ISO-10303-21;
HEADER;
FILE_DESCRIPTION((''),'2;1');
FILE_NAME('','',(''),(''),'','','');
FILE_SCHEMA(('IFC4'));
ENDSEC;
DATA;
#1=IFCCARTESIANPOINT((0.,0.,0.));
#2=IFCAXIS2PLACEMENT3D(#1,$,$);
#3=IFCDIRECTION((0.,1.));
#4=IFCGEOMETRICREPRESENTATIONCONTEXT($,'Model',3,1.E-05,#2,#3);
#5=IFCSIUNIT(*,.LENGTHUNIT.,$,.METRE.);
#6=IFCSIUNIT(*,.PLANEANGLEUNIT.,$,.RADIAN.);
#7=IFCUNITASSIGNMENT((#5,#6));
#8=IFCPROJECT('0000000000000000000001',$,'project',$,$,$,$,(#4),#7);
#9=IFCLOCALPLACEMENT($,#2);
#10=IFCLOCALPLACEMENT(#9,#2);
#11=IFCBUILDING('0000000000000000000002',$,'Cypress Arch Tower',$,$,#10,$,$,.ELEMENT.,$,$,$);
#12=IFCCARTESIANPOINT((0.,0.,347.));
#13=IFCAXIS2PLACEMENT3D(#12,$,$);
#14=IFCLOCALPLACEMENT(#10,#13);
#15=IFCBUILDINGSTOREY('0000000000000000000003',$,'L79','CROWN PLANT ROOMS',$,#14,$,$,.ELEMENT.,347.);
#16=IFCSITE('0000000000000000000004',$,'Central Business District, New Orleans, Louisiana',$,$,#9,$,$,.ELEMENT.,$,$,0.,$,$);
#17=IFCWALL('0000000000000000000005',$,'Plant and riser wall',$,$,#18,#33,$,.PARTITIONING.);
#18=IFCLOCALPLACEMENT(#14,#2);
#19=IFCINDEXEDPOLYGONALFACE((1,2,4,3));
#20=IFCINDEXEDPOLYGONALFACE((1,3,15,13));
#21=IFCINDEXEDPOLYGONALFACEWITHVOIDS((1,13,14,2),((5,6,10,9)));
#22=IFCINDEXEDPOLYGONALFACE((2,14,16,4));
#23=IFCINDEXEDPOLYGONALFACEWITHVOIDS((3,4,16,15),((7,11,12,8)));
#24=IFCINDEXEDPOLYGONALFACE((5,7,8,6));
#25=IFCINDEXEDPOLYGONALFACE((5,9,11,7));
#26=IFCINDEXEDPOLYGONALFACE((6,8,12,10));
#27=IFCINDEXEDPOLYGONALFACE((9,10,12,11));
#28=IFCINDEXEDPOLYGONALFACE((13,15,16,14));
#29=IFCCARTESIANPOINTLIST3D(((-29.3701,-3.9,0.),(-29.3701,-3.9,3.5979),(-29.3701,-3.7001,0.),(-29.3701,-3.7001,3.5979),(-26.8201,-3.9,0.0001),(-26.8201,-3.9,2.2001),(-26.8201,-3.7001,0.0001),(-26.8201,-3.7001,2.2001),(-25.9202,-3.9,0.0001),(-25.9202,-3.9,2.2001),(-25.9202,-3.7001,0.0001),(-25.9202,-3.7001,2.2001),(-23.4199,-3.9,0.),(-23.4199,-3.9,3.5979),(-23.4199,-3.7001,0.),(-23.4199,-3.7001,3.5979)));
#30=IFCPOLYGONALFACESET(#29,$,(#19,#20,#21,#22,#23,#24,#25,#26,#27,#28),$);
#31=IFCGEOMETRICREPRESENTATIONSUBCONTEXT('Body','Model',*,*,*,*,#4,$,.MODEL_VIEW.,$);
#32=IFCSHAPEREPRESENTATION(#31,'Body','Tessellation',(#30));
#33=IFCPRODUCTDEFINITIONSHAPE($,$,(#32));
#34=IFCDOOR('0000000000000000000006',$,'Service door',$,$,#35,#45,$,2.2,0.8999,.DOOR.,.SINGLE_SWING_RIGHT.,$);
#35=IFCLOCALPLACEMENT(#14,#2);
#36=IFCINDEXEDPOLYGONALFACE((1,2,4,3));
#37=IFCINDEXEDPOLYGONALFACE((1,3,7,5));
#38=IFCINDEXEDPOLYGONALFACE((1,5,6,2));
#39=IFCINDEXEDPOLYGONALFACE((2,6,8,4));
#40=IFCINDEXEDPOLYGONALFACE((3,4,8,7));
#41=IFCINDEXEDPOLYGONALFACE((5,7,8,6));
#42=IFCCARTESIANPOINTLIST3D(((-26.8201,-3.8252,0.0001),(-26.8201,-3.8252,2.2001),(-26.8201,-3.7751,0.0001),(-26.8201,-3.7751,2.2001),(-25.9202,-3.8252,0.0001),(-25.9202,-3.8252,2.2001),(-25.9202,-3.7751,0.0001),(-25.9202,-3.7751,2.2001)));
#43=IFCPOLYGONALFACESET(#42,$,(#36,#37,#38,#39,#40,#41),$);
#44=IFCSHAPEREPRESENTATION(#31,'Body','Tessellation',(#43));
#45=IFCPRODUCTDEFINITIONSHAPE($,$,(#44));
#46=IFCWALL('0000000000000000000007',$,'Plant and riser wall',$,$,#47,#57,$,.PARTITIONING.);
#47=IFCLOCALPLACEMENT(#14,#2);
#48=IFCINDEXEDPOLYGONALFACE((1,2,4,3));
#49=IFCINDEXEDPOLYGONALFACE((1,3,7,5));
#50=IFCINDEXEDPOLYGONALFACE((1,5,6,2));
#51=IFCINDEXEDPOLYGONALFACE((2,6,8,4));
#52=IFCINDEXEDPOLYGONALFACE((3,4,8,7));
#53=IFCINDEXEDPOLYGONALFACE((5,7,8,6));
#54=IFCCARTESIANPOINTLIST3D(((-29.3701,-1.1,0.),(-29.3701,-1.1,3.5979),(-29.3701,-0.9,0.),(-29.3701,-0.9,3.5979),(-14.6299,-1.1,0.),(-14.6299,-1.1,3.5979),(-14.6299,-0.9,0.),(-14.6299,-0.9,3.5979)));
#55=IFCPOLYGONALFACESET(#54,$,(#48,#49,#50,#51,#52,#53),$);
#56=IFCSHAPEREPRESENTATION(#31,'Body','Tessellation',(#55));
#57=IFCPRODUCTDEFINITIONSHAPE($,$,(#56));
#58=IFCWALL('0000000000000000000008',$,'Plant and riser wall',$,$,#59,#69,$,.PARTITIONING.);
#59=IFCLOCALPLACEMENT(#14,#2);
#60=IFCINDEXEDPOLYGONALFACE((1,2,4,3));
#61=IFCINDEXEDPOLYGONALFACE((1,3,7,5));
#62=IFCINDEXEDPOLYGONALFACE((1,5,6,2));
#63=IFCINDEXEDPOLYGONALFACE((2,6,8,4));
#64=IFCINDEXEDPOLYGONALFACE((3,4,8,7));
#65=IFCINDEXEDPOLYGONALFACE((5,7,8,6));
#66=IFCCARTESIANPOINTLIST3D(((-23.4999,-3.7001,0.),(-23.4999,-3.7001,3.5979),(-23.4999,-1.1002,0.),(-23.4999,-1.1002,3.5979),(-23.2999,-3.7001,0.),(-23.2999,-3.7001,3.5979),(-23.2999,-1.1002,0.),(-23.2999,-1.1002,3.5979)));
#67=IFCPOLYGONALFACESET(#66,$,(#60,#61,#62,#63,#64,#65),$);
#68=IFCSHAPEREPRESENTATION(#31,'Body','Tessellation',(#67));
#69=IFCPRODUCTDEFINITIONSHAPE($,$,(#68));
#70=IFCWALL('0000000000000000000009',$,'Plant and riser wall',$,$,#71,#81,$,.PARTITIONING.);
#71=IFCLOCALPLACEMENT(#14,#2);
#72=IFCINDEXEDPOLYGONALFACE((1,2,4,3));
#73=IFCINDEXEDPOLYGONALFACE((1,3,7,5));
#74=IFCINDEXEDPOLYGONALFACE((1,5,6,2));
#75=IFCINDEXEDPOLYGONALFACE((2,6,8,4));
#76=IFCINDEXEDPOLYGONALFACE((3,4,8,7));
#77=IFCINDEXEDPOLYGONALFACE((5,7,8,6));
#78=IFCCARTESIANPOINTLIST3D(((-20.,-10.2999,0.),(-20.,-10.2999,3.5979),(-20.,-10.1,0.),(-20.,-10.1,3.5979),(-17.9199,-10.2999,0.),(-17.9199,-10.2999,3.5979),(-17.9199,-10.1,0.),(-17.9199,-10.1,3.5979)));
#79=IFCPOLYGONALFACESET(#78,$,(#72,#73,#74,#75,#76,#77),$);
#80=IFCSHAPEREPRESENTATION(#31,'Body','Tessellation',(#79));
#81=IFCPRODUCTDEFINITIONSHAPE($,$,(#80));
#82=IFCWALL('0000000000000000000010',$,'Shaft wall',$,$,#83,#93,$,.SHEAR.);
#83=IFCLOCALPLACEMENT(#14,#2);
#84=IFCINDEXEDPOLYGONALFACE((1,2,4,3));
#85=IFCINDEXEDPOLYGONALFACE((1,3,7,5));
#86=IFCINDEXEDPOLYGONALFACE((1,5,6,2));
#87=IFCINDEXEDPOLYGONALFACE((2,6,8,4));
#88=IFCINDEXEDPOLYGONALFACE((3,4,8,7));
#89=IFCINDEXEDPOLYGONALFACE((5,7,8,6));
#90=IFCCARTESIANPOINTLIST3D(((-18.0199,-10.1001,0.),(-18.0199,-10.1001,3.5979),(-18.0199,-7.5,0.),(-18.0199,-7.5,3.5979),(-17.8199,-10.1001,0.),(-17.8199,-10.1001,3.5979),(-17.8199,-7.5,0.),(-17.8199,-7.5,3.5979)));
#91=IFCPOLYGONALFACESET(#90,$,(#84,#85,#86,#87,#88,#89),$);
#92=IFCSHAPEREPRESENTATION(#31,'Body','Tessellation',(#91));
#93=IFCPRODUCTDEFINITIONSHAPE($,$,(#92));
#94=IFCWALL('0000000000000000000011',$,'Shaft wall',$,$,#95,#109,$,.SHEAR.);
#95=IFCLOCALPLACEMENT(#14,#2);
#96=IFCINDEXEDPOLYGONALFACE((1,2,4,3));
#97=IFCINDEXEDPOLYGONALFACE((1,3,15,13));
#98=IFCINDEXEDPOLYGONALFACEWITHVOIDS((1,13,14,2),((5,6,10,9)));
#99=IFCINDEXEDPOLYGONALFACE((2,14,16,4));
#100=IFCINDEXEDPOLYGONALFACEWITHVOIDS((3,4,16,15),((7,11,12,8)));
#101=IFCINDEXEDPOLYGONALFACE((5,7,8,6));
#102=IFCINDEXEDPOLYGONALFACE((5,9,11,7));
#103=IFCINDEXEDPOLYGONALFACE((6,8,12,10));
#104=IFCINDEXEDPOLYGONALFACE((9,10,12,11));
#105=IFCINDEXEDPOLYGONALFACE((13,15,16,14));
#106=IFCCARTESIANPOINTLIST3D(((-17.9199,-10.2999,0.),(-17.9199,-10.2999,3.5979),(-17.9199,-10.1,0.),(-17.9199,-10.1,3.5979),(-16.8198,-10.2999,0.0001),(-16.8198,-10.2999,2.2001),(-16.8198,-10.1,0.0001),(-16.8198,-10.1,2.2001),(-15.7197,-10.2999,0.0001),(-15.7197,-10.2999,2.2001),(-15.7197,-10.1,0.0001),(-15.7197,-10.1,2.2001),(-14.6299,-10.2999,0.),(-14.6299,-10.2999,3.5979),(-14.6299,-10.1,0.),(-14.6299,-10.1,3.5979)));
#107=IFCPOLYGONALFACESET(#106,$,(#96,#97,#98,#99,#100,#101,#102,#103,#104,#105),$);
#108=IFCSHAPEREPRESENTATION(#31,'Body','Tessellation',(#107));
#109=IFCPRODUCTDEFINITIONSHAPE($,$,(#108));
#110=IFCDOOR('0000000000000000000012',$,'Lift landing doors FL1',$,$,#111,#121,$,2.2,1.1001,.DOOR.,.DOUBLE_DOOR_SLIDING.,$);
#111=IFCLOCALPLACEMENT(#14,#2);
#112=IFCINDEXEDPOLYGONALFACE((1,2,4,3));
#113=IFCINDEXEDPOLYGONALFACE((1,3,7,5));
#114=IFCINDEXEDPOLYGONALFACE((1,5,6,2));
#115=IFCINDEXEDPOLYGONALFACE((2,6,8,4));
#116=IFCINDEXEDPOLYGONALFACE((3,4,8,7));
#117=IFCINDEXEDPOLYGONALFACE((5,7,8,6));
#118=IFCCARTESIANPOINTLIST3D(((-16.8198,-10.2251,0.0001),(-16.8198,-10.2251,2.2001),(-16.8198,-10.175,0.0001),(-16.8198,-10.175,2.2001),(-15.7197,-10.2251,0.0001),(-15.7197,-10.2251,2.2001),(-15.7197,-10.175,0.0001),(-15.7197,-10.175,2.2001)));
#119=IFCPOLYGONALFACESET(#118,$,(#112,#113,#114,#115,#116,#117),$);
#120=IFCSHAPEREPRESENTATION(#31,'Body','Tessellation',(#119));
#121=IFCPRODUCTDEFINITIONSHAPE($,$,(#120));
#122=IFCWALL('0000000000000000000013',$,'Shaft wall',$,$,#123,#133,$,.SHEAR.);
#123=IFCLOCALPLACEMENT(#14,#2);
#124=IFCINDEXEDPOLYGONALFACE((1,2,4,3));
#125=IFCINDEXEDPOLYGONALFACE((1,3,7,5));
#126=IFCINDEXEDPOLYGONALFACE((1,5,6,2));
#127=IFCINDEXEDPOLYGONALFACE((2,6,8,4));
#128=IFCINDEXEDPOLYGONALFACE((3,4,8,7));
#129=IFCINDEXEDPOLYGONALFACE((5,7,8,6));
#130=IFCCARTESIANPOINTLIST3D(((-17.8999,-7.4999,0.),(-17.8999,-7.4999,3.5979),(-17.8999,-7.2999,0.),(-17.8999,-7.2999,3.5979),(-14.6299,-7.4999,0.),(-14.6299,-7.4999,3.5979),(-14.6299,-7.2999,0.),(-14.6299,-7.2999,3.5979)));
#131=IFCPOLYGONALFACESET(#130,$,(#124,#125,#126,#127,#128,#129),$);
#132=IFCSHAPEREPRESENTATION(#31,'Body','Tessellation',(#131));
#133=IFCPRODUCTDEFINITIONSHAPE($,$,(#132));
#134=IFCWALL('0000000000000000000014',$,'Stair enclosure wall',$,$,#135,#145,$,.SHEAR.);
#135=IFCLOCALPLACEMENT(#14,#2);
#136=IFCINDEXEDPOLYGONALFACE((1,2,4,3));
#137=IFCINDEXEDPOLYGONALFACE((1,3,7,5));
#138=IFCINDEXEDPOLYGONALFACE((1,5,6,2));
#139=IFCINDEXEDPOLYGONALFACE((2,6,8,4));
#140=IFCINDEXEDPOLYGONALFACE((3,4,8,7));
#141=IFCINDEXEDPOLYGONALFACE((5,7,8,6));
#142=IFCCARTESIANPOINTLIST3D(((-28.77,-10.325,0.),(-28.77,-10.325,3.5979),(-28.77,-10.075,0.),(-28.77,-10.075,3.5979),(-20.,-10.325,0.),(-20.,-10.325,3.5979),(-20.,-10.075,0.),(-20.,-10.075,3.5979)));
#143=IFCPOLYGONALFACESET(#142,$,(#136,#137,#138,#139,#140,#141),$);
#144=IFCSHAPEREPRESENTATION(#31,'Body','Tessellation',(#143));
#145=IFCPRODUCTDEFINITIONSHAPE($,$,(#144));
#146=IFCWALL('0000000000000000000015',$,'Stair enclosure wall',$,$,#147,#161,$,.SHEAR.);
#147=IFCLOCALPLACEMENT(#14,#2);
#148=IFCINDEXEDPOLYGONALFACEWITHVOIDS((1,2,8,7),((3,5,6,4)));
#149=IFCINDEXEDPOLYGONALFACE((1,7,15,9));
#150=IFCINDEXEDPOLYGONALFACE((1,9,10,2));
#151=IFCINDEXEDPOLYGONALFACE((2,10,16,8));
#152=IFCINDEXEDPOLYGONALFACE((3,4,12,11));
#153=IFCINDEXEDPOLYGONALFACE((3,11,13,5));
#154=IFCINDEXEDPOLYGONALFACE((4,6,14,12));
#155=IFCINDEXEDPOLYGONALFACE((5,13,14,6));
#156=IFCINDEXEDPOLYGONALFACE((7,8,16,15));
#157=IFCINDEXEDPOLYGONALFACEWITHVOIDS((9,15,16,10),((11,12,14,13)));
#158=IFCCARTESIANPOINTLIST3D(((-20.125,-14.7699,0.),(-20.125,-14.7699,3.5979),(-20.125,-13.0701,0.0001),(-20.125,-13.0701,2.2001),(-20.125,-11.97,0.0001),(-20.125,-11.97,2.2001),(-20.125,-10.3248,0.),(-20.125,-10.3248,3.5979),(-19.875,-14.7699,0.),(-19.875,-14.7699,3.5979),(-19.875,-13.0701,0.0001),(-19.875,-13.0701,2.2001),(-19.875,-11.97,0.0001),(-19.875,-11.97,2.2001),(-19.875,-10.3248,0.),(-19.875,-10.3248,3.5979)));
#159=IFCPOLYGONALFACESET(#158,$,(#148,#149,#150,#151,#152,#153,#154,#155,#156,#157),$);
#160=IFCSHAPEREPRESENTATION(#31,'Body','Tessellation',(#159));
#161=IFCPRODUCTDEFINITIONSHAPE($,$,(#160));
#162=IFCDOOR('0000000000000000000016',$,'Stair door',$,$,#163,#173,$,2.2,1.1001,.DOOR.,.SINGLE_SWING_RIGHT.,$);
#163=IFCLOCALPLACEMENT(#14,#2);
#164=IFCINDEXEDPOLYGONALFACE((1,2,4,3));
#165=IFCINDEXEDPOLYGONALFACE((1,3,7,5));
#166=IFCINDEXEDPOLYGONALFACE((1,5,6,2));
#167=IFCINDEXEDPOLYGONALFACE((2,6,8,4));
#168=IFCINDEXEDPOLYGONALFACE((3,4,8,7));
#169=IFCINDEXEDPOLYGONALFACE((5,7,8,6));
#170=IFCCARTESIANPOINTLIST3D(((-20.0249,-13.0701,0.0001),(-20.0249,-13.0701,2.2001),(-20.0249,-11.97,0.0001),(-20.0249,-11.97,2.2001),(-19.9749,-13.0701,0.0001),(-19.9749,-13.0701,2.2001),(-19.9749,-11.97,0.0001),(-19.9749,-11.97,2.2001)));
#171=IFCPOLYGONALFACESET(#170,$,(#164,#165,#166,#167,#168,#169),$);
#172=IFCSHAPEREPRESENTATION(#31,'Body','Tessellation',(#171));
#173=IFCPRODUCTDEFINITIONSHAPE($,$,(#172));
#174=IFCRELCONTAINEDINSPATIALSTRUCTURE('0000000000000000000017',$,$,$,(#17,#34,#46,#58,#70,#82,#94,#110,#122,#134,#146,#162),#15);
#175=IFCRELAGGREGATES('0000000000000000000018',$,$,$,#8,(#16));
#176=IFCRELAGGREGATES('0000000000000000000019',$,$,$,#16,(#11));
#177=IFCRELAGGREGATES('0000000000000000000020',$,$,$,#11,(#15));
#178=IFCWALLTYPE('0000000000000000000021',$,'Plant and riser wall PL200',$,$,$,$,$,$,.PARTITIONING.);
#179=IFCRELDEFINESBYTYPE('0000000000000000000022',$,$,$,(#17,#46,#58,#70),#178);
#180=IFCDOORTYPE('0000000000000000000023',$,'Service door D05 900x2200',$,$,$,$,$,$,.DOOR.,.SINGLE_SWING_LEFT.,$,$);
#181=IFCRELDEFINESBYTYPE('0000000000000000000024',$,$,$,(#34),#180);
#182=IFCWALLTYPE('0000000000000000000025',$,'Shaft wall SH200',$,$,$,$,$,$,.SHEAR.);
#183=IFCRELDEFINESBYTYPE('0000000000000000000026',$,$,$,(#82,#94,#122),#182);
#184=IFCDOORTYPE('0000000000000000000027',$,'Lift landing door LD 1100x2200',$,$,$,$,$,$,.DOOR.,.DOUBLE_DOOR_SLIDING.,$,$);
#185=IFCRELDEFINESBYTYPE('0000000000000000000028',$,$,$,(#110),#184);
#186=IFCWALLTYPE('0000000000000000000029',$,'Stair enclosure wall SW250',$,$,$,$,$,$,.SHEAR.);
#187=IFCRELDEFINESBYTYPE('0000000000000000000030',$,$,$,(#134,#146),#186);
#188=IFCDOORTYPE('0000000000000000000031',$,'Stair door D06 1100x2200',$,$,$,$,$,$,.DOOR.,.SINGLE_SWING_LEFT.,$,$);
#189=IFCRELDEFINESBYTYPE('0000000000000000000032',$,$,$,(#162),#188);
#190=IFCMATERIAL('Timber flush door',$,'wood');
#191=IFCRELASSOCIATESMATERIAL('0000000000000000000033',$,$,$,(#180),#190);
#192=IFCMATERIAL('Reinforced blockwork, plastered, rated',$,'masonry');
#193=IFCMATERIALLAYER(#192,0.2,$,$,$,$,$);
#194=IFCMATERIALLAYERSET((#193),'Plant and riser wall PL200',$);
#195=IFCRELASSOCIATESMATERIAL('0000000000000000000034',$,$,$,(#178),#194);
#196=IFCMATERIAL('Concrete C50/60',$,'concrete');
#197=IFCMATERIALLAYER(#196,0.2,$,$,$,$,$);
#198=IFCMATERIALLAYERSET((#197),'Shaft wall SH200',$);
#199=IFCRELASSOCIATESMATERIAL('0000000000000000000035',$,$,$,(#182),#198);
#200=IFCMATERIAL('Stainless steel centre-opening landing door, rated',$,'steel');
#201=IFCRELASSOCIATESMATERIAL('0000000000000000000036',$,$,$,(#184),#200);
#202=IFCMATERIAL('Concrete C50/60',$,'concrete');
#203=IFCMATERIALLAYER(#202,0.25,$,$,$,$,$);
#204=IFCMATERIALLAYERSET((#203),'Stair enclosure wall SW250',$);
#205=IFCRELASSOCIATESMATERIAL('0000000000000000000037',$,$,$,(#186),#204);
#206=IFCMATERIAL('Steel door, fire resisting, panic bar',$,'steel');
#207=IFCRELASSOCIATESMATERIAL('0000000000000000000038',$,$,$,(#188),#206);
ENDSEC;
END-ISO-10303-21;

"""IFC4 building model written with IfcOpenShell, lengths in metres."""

from ifc_helpers import new_model, si_unit, direction, frame, frame_2d, origin, place, context, subcontext, project, spatial, rectangle, extrude, material, layer, layer_set, type_object, element, fill, save


model = new_model("IFC4")

# Units and contexts
model_context = context("Model", 3, precision=1e-05, world=origin(), true_north=direction((0.0, 1.0)))
body_context = subcontext(model_context, "Body", "Model", "MODEL_VIEW")
ifc_project = project(units=[si_unit("LENGTHUNIT", "METRE"), si_unit("PLANEANGLEUNIT", "RADIAN")], contexts=[model_context])

# Site, building, storey
site_placement = place(None, origin())
site = spatial("IfcSite", under=ifc_project, at=site_placement, Name="Central Business District, New Orleans, Louisiana", CompositionType="ELEMENT", RefElevation=0.0)
building_placement = place(site_placement, origin())
building = spatial("IfcBuilding", under=site, at=building_placement, Name="Cypress Arch Tower", CompositionType="ELEMENT")
storey_placement = place(building_placement, frame((0.0, 0.0, 347.0)))
storey = spatial("IfcBuildingStorey", under=building, at=storey_placement, Name="L79", Description="CROWN PLANT ROOMS", CompositionType="ELEMENT", Elevation=347.0)

# Shared definitions
ifc_material_1 = material(Name="Timber flush door", Category="wood")
door_type_1 = type_object("IfcDoorType", Name="Service door D05 900x2200", OperationType="SINGLE_SWING_LEFT", PredefinedType="DOOR", material=ifc_material_1)

# Wall, opening, door
ifc_material_2 = material(Name="Reinforced blockwork, plastered, rated", Category="masonry")
ifc_layer_1 = layer(ifc_material_2, 0.2)
ifc_layer_set_1 = layer_set([ifc_layer_1], Name="Plant and riser wall PL200")
wall_type_1 = type_object("IfcWallType", Name="Plant and riser wall PL200", PredefinedType="PARTITIONING", material=ifc_layer_set_1)
wall_1_placement = place(storey_placement, frame((-29.3701, -3.8, 0.0), z_axis=(0.0, 0.0, 1.0), x_axis=(1.0, 0.0, 0.0)))
wall_1 = element("IfcWall", 1, at=wall_1_placement, inside=storey, type_object=wall_type_1, Name="Plant and riser wall", PredefinedType="PARTITIONING", context=body_context, shape_type="SweptSolid", body=[
    extrude(rectangle(XDim=5.9502, YDim=0.2, at=frame_2d((2.9751, 0.0))), origin(), (0.0, 0.0, 1.0), 3.5979),
])
opening_1_placement = place(wall_1_placement, frame((2.55, 0.0, 0.0)))
opening_1 = element("IfcOpeningElement", 2, at=opening_1_placement, cuts=wall_1, PredefinedType="OPENING", context=body_context, shape_type="SweptSolid", body=[
    extrude(rectangle(XDim=0.8999, YDim=2.2, at=frame_2d((0.45, 1.1001))), frame((0.0, 0.1099, 0.0), z_axis=(0.0, -1.0, 0.0), x_axis=(1.0, 0.0, 0.0)), (0.0, 0.0, 1.0), 0.22),
])
door_1_placement = place(opening_1_placement, origin())
door_1 = element("IfcDoor", 3, at=door_1_placement, inside=storey, type_object=door_type_1, Name="Service door", OperationType="SINGLE_SWING_RIGHT", OverallHeight=2.2, OverallWidth=0.8999, PredefinedType="DOOR", context=body_context, shape_type="SweptSolid", body=[
    extrude(rectangle(XDim=0.8999, YDim=2.2, at=frame_2d((0.45, 1.1001))), frame((0.0, 0.0249, 0.0), z_axis=(0.0, -1.0, 0.0), x_axis=(1.0, 0.0, 0.0)), (0.0, 0.0, 1.0), 0.05),
])
fill(opening_1, door_1)

# Walls
wall_2_placement = place(storey_placement, frame((-29.3701, -1.0, 0.0), z_axis=(0.0, 0.0, 1.0), x_axis=(1.0, 0.0, 0.0)))
element("IfcWall", 4, at=wall_2_placement, inside=storey, type_object=wall_type_1, Name="Plant and riser wall", PredefinedType="PARTITIONING", context=body_context, shape_type="SweptSolid", body=[
    extrude(rectangle(XDim=14.7402, YDim=0.2, at=frame_2d((7.3701, 0.0))), origin(), (0.0, 0.0, 1.0), 3.5979),
])
wall_3_placement = place(storey_placement, frame((-23.3999, -3.7, 0.0), z_axis=(0.0, 0.0, 1.0), x_axis=(0.0, 1.0, 0.0)))
element("IfcWall", 5, at=wall_3_placement, inside=storey, type_object=wall_type_1, Name="Plant and riser wall", PredefinedType="PARTITIONING", context=body_context, shape_type="SweptSolid", body=[
    extrude(rectangle(XDim=2.5999, YDim=0.2, at=frame_2d((1.2998, 0.0))), origin(), (0.0, 0.0, 1.0), 3.5979),
])
wall_4_placement = place(storey_placement, frame((-20.0, -10.2, 0.0), z_axis=(0.0, 0.0, 1.0), x_axis=(1.0, 0.0, 0.0)))
element("IfcWall", 6, at=wall_4_placement, inside=storey, type_object=wall_type_1, Name="Plant and riser wall", PredefinedType="PARTITIONING", context=body_context, shape_type="SweptSolid", body=[
    extrude(rectangle(XDim=2.0801, YDim=0.2, at=frame_2d((1.04, 0.0))), origin(), (0.0, 0.0, 1.0), 3.5979),
])
ifc_material_3 = material(Name="Concrete C50/60", Category="concrete")
ifc_layer_2 = layer(ifc_material_3, 0.2)
ifc_layer_set_2 = layer_set([ifc_layer_2], Name="Shaft wall SH200")
wall_type_2 = type_object("IfcWallType", Name="Shaft wall SH200", PredefinedType="SHEAR", material=ifc_layer_set_2)
wall_5_placement = place(storey_placement, frame((-17.9199, -10.1001, 0.0), z_axis=(0.0, 0.0, 1.0), x_axis=(0.0, 1.0, 0.0)))
element("IfcWall", 7, at=wall_5_placement, inside=storey, type_object=wall_type_2, Name="Shaft wall", PredefinedType="SHEAR", context=body_context, shape_type="SweptSolid", body=[
    extrude(rectangle(XDim=2.6001, YDim=0.2, at=frame_2d((1.3, 0.0))), origin(), (0.0, 0.0, 1.0), 3.5979),
])

# Wall, opening, door
wall_6_placement = place(storey_placement, frame((-17.9199, -10.2, 0.0), z_axis=(0.0, 0.0, 1.0), x_axis=(1.0, 0.0, 0.0)))
wall_6 = element("IfcWall", 8, at=wall_6_placement, inside=storey, type_object=wall_type_2, Name="Shaft wall", PredefinedType="SHEAR", context=body_context, shape_type="SweptSolid", body=[
    extrude(rectangle(XDim=3.29, YDim=0.2, at=frame_2d((1.645, 0.0))), origin(), (0.0, 0.0, 1.0), 3.5979),
])
opening_2_placement = place(wall_6_placement, frame((1.1001, 0.0, 0.0)))
opening_2 = element("IfcOpeningElement", 9, at=opening_2_placement, cuts=wall_6, PredefinedType="OPENING", context=body_context, shape_type="SweptSolid", body=[
    extrude(rectangle(XDim=1.1001, YDim=2.2, at=frame_2d((0.55, 1.1001))), frame((0.0, 0.1099, 0.0), z_axis=(0.0, -1.0, 0.0), x_axis=(1.0, 0.0, 0.0)), (0.0, 0.0, 1.0), 0.22),
])
ifc_material_4 = material(Name="Stainless steel centre-opening landing door, rated", Category="steel")
door_type_2 = type_object("IfcDoorType", Name="Lift landing door LD 1100x2200", OperationType="DOUBLE_DOOR_SLIDING", PredefinedType="DOOR", material=ifc_material_4)
door_2_placement = place(opening_2_placement, origin())
door_2 = element("IfcDoor", 10, at=door_2_placement, inside=storey, type_object=door_type_2, Name="Lift landing doors FL1", OperationType="DOUBLE_DOOR_SLIDING", OverallHeight=2.2, OverallWidth=1.1001, PredefinedType="DOOR", context=body_context, shape_type="SweptSolid", body=[
    extrude(rectangle(XDim=1.1001, YDim=2.2, at=frame_2d((0.55, 1.1001))), frame((0.0, 0.0249, 0.0), z_axis=(0.0, -1.0, 0.0), x_axis=(1.0, 0.0, 0.0)), (0.0, 0.0, 1.0), 0.05),
])
fill(opening_2, door_2)

# Walls
wall_7_placement = place(storey_placement, frame((-17.8999, -7.3999, 0.0), z_axis=(0.0, 0.0, 1.0), x_axis=(1.0, 0.0, 0.0)))
element("IfcWall", 11, at=wall_7_placement, inside=storey, type_object=wall_type_2, Name="Shaft wall", PredefinedType="SHEAR", context=body_context, shape_type="SweptSolid", body=[
    extrude(rectangle(XDim=3.27, YDim=0.2, at=frame_2d((1.635, 0.0))), origin(), (0.0, 0.0, 1.0), 3.5979),
])
ifc_material_5 = material(Name="Concrete C50/60", Category="concrete")
ifc_layer_3 = layer(ifc_material_5, 0.25)
ifc_layer_set_3 = layer_set([ifc_layer_3], Name="Stair enclosure wall SW250")
wall_type_3 = type_object("IfcWallType", Name="Stair enclosure wall SW250", PredefinedType="SHEAR", material=ifc_layer_set_3)
wall_8_placement = place(storey_placement, frame((-28.77, -10.2, 0.0), z_axis=(0.0, 0.0, 1.0), x_axis=(1.0, 0.0, 0.0)))
element("IfcWall", 12, at=wall_8_placement, inside=storey, type_object=wall_type_3, Name="Stair enclosure wall", PredefinedType="SHEAR", context=body_context, shape_type="SweptSolid", body=[
    extrude(rectangle(XDim=8.77, YDim=0.25, at=frame_2d((4.385, 0.0))), origin(), (0.0, 0.0, 1.0), 3.5979),
])

# Wall, opening, door
wall_9_placement = place(storey_placement, frame((-20.0, -14.77, 0.0), z_axis=(0.0, 0.0, 1.0), x_axis=(0.0, 1.0, 0.0)))
wall_9 = element("IfcWall", 13, at=wall_9_placement, inside=storey, type_object=wall_type_3, Name="Stair enclosure wall", PredefinedType="SHEAR", context=body_context, shape_type="SweptSolid", body=[
    extrude(rectangle(XDim=4.4451, YDim=0.25, at=frame_2d((2.2227, 0.0))), origin(), (0.0, 0.0, 1.0), 3.5979),
])
opening_3_placement = place(wall_9_placement, frame((1.7, 0.0, 0.0)))
opening_3 = element("IfcOpeningElement", 14, at=opening_3_placement, cuts=wall_9, PredefinedType="OPENING", context=body_context, shape_type="SweptSolid", body=[
    extrude(rectangle(XDim=1.1001, YDim=2.2, at=frame_2d((0.55, 1.1001))), frame((0.0, 0.135, 0.0), z_axis=(0.0, -1.0, 0.0), x_axis=(1.0, 0.0, 0.0)), (0.0, 0.0, 1.0), 0.27),
])
ifc_material_6 = material(Name="Steel door, fire resisting, panic bar", Category="steel")
door_type_3 = type_object("IfcDoorType", Name="Stair door D06 1100x2200", OperationType="SINGLE_SWING_LEFT", PredefinedType="DOOR", material=ifc_material_6)
door_3_placement = place(opening_3_placement, origin())
door_3 = element("IfcDoor", 15, at=door_3_placement, inside=storey, type_object=door_type_3, Name="Stair door", OperationType="SINGLE_SWING_RIGHT", OverallHeight=2.2, OverallWidth=1.1001, PredefinedType="DOOR", context=body_context, shape_type="SweptSolid", body=[
    extrude(rectangle(XDim=1.1001, YDim=2.2, at=frame_2d((0.55, 1.1001))), frame((0.0, 0.0249, 0.0), z_axis=(0.0, -1.0, 0.0), x_axis=(1.0, 0.0, 0.0)), (0.0, 0.0, 1.0), 0.05),
])
fill(opening_3, door_3)

save(model, "model.ifc")
